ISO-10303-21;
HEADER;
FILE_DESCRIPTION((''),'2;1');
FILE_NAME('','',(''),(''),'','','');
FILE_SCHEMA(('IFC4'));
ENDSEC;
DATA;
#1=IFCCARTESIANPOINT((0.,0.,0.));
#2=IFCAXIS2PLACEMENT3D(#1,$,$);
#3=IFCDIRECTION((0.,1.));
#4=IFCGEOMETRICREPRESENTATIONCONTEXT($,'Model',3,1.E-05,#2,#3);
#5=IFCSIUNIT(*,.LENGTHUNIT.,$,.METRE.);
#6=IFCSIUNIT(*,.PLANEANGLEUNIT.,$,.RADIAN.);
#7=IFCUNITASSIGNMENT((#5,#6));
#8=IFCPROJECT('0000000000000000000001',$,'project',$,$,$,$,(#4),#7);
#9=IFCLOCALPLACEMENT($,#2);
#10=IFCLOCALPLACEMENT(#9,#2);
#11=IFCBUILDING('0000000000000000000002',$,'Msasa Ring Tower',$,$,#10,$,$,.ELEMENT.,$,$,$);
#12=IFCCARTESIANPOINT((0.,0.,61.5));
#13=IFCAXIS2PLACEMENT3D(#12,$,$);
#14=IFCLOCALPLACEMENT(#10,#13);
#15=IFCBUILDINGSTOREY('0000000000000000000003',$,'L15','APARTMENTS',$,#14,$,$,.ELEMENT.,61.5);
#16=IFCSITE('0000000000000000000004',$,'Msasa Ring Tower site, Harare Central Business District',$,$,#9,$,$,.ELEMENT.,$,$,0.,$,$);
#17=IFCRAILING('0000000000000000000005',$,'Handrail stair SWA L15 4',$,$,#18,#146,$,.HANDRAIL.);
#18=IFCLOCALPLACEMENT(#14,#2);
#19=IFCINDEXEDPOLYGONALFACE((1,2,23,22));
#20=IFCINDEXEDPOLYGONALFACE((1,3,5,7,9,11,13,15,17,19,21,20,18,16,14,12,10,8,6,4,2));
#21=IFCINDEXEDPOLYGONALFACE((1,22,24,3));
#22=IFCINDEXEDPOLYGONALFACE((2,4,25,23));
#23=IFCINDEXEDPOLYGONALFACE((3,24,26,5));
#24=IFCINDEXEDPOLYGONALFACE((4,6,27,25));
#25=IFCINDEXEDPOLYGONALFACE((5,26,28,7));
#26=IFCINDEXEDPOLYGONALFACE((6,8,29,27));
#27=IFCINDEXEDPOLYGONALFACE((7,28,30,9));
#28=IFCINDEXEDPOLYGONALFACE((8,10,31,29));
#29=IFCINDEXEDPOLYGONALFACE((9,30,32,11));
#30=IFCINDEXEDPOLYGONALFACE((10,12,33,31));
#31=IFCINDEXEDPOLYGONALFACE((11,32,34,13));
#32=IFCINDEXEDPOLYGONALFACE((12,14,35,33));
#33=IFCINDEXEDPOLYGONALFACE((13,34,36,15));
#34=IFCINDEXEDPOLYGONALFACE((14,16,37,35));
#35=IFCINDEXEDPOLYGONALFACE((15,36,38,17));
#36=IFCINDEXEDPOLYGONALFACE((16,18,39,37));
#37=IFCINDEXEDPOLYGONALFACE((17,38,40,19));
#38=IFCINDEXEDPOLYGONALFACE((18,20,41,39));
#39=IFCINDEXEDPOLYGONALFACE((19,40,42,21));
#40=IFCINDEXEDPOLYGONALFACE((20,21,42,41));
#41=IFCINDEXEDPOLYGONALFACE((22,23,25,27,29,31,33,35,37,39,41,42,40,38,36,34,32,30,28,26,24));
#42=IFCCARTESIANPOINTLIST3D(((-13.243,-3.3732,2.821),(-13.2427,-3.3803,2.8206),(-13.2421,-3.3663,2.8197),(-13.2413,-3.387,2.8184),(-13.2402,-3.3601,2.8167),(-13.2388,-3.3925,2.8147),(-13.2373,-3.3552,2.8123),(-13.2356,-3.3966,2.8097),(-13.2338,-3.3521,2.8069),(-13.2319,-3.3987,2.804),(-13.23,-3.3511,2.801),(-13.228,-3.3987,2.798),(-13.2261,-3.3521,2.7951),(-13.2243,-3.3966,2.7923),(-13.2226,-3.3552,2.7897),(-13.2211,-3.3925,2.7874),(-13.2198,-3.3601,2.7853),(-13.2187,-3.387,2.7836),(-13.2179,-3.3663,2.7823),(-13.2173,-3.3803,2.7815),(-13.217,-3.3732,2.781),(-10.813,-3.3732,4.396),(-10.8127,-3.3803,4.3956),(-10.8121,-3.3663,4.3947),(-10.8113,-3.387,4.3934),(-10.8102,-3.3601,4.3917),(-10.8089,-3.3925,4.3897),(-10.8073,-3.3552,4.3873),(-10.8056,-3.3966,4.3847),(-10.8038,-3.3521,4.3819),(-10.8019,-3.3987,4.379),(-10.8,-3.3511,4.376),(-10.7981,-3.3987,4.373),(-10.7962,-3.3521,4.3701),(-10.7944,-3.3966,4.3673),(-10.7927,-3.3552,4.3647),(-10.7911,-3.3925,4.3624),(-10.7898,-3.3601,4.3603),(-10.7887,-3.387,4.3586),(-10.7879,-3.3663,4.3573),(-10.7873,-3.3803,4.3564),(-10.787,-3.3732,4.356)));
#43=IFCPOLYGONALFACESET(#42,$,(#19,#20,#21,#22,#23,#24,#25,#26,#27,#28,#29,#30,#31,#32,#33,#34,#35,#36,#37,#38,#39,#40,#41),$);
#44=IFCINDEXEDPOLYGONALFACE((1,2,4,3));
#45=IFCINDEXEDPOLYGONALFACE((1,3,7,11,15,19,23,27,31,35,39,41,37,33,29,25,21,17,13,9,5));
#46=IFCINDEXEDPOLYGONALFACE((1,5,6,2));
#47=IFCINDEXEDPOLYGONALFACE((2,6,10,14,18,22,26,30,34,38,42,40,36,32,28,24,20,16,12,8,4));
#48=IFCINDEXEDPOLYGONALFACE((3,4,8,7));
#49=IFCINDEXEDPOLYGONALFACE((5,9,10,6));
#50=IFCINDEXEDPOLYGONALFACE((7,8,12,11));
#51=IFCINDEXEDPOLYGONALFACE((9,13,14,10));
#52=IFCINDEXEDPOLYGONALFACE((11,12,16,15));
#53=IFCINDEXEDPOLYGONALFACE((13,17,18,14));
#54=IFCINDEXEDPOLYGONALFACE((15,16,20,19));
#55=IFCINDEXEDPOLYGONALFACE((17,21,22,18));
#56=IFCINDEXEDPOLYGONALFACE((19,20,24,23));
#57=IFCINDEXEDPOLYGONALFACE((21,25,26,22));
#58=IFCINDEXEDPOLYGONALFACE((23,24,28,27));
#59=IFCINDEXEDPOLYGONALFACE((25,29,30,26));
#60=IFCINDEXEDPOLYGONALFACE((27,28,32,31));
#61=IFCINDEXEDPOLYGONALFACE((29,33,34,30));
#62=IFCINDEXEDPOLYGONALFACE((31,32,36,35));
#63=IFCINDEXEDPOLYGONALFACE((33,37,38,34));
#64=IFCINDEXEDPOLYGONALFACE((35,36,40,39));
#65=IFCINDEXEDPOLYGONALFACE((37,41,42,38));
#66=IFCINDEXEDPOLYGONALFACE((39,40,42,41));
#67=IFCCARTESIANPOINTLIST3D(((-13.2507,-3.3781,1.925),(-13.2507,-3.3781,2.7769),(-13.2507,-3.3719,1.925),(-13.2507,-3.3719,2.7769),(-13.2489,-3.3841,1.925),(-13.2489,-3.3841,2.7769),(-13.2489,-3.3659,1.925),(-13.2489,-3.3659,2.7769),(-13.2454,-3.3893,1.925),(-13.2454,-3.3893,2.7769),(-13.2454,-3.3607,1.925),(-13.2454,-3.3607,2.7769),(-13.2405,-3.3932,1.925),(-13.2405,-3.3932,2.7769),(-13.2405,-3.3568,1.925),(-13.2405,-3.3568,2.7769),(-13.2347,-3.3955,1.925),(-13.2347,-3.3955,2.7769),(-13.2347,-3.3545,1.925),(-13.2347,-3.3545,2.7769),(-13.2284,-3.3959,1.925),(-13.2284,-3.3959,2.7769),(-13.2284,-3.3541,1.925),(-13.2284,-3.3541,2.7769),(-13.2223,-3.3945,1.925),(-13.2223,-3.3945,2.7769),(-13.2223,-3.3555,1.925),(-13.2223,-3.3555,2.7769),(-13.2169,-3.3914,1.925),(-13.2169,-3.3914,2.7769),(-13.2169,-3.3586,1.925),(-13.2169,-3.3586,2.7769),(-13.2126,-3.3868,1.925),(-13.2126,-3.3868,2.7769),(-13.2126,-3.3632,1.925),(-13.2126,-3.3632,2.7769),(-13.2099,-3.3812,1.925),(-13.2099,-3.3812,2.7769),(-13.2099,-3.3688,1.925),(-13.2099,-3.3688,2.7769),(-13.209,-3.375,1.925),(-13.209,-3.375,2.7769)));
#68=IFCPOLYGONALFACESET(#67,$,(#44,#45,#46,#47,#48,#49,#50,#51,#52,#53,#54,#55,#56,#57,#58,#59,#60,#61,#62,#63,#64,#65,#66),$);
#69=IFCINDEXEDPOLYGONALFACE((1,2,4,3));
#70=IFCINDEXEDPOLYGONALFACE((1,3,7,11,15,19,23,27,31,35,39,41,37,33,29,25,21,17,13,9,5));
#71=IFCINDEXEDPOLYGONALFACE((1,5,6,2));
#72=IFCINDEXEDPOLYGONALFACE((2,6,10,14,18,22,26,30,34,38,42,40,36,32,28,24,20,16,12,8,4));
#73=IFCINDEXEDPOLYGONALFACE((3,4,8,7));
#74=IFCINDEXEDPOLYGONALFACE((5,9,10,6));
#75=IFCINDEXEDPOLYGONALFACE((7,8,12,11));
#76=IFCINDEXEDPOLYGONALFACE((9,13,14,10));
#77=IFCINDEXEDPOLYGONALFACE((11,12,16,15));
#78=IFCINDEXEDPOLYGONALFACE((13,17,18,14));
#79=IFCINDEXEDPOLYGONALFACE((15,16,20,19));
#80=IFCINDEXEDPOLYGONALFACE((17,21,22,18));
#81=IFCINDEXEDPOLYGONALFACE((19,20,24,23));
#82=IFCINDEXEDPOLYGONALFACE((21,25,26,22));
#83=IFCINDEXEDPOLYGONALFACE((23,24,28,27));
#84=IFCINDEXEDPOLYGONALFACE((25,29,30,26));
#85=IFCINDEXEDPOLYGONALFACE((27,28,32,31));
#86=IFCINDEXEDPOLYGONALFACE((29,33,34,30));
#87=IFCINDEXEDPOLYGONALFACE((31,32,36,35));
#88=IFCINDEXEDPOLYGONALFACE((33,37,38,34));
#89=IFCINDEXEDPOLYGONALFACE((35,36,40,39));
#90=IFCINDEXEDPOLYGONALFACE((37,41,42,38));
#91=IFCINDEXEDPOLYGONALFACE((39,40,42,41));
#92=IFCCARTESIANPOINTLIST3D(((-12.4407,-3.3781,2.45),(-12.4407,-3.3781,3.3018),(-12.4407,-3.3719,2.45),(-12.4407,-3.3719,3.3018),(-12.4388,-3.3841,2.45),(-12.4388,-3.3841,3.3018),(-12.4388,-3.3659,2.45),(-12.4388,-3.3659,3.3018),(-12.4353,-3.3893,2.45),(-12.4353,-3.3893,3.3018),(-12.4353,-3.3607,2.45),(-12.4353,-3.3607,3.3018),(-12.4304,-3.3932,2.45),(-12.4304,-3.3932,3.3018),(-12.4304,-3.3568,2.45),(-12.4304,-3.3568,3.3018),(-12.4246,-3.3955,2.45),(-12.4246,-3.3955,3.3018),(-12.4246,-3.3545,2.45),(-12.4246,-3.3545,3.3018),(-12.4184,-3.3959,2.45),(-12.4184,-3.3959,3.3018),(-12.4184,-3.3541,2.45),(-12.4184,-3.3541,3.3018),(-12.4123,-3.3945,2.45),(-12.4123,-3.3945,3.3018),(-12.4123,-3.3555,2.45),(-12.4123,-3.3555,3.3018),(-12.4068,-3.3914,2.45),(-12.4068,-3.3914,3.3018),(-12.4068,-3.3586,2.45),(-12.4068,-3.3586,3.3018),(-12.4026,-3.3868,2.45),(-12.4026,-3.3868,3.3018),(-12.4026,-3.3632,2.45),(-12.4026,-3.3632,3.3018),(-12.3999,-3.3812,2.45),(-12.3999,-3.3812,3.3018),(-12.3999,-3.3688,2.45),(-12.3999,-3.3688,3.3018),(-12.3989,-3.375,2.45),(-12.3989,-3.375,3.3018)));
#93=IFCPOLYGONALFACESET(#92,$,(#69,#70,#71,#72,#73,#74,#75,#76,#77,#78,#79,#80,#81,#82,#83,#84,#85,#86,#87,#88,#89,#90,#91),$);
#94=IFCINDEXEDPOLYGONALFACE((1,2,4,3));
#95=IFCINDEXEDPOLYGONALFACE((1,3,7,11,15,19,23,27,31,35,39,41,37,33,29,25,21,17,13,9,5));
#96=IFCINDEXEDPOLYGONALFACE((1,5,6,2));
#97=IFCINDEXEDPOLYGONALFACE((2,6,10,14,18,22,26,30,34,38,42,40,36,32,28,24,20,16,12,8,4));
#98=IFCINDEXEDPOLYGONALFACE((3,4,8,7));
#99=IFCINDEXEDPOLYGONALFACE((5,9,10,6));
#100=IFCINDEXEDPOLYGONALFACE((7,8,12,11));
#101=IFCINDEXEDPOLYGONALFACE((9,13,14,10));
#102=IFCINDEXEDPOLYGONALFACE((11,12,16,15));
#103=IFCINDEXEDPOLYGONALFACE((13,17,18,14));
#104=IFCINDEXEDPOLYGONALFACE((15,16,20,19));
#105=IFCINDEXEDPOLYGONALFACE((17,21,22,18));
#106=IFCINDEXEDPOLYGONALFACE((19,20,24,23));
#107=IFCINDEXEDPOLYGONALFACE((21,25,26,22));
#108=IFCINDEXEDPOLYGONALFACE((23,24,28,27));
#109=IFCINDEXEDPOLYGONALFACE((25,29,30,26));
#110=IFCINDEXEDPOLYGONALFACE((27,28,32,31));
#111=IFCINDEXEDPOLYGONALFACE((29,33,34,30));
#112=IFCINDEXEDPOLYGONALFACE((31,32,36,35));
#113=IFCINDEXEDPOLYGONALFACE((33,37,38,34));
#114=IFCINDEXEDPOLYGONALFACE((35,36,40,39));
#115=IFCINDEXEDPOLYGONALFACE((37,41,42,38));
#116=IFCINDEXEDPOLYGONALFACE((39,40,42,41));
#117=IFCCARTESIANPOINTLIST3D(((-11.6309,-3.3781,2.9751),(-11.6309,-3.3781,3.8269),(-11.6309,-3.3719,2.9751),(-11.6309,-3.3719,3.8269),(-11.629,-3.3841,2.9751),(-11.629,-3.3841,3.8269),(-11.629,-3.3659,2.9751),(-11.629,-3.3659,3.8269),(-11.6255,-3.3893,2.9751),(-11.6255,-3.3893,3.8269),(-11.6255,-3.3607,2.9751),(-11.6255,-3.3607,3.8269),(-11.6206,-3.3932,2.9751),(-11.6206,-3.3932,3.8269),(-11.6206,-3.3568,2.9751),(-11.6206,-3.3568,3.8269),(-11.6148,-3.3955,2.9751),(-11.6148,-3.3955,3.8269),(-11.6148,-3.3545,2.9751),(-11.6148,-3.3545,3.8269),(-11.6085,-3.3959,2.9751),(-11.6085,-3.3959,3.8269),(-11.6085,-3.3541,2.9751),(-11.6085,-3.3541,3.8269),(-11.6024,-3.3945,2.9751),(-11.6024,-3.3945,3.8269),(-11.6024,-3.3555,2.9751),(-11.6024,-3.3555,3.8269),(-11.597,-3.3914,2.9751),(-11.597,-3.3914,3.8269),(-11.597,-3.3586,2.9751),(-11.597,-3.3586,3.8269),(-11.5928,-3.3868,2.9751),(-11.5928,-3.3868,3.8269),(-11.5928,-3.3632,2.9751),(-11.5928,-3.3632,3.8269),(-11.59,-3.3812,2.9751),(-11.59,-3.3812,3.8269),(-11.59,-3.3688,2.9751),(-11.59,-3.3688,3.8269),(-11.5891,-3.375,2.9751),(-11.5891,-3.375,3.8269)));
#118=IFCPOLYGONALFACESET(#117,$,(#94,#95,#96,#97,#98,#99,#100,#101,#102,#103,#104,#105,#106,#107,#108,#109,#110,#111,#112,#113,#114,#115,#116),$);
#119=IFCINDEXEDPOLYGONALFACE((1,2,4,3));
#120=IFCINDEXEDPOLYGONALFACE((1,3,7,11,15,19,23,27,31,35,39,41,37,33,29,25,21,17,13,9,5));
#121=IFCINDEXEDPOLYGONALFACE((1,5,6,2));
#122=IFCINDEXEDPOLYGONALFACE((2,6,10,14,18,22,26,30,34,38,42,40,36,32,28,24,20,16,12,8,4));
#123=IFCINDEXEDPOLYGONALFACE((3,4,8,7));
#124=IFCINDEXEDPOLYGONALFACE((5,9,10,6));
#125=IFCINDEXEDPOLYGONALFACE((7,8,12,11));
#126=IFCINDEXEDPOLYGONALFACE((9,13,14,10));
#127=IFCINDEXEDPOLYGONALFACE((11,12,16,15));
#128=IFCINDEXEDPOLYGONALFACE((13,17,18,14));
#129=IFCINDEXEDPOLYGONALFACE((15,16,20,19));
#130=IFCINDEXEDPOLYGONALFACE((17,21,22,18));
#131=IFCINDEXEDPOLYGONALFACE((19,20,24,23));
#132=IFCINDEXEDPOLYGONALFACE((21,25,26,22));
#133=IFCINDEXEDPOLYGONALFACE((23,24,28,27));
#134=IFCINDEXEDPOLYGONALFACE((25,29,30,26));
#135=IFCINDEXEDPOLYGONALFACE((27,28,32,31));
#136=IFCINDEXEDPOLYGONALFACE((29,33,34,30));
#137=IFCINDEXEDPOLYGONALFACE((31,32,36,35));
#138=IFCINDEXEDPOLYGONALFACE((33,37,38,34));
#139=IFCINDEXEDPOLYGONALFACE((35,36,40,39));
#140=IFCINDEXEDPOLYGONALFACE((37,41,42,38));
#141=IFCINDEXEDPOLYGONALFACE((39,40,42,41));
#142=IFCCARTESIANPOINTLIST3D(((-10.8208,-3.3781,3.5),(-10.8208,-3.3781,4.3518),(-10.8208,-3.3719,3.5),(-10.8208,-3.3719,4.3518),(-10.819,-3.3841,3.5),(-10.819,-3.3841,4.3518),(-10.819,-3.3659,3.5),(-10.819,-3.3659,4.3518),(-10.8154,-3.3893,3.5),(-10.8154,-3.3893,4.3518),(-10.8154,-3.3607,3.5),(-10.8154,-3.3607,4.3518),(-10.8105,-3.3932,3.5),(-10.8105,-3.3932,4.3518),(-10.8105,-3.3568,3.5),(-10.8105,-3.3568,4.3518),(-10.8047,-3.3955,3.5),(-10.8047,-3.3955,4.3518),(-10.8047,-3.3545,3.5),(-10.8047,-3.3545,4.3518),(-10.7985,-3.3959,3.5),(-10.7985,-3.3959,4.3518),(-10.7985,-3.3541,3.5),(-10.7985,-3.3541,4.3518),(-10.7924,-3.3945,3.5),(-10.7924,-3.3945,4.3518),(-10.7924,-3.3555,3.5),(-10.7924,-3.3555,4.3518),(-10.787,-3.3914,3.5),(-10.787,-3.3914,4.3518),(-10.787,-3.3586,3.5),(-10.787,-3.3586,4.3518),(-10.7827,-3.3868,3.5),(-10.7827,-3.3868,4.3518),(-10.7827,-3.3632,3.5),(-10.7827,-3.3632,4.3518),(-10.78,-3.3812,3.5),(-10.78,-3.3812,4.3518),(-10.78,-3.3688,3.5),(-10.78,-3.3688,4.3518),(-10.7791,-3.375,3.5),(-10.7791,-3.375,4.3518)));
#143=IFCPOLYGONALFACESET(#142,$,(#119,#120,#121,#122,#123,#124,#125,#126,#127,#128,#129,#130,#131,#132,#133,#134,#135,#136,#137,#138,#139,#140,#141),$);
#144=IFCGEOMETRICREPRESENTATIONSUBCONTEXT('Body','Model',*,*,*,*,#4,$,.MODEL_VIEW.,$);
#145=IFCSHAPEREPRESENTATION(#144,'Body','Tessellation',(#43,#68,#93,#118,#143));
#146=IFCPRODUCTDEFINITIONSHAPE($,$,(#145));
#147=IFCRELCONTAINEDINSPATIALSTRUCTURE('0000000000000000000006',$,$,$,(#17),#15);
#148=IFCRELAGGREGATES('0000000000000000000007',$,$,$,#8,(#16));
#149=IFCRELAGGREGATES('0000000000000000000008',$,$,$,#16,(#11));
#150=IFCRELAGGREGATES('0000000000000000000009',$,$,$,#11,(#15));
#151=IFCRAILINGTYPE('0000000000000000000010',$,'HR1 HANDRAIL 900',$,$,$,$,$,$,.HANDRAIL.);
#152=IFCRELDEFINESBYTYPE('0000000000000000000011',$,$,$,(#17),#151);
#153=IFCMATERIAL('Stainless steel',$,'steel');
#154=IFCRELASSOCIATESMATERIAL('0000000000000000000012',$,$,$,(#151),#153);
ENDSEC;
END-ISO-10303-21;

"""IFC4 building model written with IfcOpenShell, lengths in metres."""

from ifc_helpers import new_model, si_unit, direction, frame, origin, origin_2d, place, context, subcontext, project, spatial, circle, extrude, material, type_object, element, save


model = new_model("IFC4")

# Units and contexts
model_context = context("Model", 3, precision=1e-05, world=origin(), true_north=direction((0.0, 1.0)))
body_context = subcontext(model_context, "Body", "Model", "MODEL_VIEW")
ifc_project = project(units=[si_unit("LENGTHUNIT", "METRE"), si_unit("PLANEANGLEUNIT", "RADIAN")], contexts=[model_context])

# Site, building, storey
site_placement = place(None, origin())
site = spatial("IfcSite", under=ifc_project, at=site_placement, Name="Msasa Ring Tower site, Harare Central Business District", CompositionType="ELEMENT", RefElevation=0.0)
building_placement = place(site_placement, origin())
building = spatial("IfcBuilding", under=site, at=building_placement, Name="Msasa Ring Tower", CompositionType="ELEMENT")
storey_placement = place(building_placement, frame((0.0, 0.0, 61.5)))
storey = spatial("IfcBuildingStorey", under=building, at=storey_placement, Name="L15", Description="APARTMENTS", CompositionType="ELEMENT", Elevation=61.5)

# Railing
ifc_material_1 = material(Name="Stainless steel", Category="steel")
railing_type = type_object("IfcRailingType", Name="HR1 HANDRAIL 900", PredefinedType="HANDRAIL", material=ifc_material_1)
for number, where, name in (
    (1, (-13.23, -3.375, 1.925), "Handrail stair SWA L15 4"),
):
    element("IfcRailing", number, at=place(storey_placement, frame(where)), inside=storey, type_object=railing_type, Name=name, PredefinedType="HANDRAIL", context=body_context, shape_type="SweptSolid", body=[
        extrude(circle(Radius=0.0239, at=origin_2d()), frame((0.0, 0.0, 0.876), z_axis=(0.839154, 0.0, 0.543894), x_axis=(0.0, 1.0, 0.0)), (0.0, 0.0, 1.0), 2.8958),
        extrude(circle(Radius=0.021, at=origin_2d()), origin(), (0.0, 0.0, 1.0), 0.8518),
        extrude(circle(Radius=0.021, at=origin_2d()), frame((0.8101, 0.0, 0.5249)), (0.0, 0.0, 1.0), 0.8518),
        extrude(circle(Radius=0.021, at=origin_2d()), frame((1.6199, 0.0, 1.05)), (0.0, 0.0, 1.0), 0.8518),
        extrude(circle(Radius=0.021, at=origin_2d()), frame((2.4299, 0.0, 1.575)), (0.0, 0.0, 1.0), 0.8518),
    ])

save(model, "model.ifc")
